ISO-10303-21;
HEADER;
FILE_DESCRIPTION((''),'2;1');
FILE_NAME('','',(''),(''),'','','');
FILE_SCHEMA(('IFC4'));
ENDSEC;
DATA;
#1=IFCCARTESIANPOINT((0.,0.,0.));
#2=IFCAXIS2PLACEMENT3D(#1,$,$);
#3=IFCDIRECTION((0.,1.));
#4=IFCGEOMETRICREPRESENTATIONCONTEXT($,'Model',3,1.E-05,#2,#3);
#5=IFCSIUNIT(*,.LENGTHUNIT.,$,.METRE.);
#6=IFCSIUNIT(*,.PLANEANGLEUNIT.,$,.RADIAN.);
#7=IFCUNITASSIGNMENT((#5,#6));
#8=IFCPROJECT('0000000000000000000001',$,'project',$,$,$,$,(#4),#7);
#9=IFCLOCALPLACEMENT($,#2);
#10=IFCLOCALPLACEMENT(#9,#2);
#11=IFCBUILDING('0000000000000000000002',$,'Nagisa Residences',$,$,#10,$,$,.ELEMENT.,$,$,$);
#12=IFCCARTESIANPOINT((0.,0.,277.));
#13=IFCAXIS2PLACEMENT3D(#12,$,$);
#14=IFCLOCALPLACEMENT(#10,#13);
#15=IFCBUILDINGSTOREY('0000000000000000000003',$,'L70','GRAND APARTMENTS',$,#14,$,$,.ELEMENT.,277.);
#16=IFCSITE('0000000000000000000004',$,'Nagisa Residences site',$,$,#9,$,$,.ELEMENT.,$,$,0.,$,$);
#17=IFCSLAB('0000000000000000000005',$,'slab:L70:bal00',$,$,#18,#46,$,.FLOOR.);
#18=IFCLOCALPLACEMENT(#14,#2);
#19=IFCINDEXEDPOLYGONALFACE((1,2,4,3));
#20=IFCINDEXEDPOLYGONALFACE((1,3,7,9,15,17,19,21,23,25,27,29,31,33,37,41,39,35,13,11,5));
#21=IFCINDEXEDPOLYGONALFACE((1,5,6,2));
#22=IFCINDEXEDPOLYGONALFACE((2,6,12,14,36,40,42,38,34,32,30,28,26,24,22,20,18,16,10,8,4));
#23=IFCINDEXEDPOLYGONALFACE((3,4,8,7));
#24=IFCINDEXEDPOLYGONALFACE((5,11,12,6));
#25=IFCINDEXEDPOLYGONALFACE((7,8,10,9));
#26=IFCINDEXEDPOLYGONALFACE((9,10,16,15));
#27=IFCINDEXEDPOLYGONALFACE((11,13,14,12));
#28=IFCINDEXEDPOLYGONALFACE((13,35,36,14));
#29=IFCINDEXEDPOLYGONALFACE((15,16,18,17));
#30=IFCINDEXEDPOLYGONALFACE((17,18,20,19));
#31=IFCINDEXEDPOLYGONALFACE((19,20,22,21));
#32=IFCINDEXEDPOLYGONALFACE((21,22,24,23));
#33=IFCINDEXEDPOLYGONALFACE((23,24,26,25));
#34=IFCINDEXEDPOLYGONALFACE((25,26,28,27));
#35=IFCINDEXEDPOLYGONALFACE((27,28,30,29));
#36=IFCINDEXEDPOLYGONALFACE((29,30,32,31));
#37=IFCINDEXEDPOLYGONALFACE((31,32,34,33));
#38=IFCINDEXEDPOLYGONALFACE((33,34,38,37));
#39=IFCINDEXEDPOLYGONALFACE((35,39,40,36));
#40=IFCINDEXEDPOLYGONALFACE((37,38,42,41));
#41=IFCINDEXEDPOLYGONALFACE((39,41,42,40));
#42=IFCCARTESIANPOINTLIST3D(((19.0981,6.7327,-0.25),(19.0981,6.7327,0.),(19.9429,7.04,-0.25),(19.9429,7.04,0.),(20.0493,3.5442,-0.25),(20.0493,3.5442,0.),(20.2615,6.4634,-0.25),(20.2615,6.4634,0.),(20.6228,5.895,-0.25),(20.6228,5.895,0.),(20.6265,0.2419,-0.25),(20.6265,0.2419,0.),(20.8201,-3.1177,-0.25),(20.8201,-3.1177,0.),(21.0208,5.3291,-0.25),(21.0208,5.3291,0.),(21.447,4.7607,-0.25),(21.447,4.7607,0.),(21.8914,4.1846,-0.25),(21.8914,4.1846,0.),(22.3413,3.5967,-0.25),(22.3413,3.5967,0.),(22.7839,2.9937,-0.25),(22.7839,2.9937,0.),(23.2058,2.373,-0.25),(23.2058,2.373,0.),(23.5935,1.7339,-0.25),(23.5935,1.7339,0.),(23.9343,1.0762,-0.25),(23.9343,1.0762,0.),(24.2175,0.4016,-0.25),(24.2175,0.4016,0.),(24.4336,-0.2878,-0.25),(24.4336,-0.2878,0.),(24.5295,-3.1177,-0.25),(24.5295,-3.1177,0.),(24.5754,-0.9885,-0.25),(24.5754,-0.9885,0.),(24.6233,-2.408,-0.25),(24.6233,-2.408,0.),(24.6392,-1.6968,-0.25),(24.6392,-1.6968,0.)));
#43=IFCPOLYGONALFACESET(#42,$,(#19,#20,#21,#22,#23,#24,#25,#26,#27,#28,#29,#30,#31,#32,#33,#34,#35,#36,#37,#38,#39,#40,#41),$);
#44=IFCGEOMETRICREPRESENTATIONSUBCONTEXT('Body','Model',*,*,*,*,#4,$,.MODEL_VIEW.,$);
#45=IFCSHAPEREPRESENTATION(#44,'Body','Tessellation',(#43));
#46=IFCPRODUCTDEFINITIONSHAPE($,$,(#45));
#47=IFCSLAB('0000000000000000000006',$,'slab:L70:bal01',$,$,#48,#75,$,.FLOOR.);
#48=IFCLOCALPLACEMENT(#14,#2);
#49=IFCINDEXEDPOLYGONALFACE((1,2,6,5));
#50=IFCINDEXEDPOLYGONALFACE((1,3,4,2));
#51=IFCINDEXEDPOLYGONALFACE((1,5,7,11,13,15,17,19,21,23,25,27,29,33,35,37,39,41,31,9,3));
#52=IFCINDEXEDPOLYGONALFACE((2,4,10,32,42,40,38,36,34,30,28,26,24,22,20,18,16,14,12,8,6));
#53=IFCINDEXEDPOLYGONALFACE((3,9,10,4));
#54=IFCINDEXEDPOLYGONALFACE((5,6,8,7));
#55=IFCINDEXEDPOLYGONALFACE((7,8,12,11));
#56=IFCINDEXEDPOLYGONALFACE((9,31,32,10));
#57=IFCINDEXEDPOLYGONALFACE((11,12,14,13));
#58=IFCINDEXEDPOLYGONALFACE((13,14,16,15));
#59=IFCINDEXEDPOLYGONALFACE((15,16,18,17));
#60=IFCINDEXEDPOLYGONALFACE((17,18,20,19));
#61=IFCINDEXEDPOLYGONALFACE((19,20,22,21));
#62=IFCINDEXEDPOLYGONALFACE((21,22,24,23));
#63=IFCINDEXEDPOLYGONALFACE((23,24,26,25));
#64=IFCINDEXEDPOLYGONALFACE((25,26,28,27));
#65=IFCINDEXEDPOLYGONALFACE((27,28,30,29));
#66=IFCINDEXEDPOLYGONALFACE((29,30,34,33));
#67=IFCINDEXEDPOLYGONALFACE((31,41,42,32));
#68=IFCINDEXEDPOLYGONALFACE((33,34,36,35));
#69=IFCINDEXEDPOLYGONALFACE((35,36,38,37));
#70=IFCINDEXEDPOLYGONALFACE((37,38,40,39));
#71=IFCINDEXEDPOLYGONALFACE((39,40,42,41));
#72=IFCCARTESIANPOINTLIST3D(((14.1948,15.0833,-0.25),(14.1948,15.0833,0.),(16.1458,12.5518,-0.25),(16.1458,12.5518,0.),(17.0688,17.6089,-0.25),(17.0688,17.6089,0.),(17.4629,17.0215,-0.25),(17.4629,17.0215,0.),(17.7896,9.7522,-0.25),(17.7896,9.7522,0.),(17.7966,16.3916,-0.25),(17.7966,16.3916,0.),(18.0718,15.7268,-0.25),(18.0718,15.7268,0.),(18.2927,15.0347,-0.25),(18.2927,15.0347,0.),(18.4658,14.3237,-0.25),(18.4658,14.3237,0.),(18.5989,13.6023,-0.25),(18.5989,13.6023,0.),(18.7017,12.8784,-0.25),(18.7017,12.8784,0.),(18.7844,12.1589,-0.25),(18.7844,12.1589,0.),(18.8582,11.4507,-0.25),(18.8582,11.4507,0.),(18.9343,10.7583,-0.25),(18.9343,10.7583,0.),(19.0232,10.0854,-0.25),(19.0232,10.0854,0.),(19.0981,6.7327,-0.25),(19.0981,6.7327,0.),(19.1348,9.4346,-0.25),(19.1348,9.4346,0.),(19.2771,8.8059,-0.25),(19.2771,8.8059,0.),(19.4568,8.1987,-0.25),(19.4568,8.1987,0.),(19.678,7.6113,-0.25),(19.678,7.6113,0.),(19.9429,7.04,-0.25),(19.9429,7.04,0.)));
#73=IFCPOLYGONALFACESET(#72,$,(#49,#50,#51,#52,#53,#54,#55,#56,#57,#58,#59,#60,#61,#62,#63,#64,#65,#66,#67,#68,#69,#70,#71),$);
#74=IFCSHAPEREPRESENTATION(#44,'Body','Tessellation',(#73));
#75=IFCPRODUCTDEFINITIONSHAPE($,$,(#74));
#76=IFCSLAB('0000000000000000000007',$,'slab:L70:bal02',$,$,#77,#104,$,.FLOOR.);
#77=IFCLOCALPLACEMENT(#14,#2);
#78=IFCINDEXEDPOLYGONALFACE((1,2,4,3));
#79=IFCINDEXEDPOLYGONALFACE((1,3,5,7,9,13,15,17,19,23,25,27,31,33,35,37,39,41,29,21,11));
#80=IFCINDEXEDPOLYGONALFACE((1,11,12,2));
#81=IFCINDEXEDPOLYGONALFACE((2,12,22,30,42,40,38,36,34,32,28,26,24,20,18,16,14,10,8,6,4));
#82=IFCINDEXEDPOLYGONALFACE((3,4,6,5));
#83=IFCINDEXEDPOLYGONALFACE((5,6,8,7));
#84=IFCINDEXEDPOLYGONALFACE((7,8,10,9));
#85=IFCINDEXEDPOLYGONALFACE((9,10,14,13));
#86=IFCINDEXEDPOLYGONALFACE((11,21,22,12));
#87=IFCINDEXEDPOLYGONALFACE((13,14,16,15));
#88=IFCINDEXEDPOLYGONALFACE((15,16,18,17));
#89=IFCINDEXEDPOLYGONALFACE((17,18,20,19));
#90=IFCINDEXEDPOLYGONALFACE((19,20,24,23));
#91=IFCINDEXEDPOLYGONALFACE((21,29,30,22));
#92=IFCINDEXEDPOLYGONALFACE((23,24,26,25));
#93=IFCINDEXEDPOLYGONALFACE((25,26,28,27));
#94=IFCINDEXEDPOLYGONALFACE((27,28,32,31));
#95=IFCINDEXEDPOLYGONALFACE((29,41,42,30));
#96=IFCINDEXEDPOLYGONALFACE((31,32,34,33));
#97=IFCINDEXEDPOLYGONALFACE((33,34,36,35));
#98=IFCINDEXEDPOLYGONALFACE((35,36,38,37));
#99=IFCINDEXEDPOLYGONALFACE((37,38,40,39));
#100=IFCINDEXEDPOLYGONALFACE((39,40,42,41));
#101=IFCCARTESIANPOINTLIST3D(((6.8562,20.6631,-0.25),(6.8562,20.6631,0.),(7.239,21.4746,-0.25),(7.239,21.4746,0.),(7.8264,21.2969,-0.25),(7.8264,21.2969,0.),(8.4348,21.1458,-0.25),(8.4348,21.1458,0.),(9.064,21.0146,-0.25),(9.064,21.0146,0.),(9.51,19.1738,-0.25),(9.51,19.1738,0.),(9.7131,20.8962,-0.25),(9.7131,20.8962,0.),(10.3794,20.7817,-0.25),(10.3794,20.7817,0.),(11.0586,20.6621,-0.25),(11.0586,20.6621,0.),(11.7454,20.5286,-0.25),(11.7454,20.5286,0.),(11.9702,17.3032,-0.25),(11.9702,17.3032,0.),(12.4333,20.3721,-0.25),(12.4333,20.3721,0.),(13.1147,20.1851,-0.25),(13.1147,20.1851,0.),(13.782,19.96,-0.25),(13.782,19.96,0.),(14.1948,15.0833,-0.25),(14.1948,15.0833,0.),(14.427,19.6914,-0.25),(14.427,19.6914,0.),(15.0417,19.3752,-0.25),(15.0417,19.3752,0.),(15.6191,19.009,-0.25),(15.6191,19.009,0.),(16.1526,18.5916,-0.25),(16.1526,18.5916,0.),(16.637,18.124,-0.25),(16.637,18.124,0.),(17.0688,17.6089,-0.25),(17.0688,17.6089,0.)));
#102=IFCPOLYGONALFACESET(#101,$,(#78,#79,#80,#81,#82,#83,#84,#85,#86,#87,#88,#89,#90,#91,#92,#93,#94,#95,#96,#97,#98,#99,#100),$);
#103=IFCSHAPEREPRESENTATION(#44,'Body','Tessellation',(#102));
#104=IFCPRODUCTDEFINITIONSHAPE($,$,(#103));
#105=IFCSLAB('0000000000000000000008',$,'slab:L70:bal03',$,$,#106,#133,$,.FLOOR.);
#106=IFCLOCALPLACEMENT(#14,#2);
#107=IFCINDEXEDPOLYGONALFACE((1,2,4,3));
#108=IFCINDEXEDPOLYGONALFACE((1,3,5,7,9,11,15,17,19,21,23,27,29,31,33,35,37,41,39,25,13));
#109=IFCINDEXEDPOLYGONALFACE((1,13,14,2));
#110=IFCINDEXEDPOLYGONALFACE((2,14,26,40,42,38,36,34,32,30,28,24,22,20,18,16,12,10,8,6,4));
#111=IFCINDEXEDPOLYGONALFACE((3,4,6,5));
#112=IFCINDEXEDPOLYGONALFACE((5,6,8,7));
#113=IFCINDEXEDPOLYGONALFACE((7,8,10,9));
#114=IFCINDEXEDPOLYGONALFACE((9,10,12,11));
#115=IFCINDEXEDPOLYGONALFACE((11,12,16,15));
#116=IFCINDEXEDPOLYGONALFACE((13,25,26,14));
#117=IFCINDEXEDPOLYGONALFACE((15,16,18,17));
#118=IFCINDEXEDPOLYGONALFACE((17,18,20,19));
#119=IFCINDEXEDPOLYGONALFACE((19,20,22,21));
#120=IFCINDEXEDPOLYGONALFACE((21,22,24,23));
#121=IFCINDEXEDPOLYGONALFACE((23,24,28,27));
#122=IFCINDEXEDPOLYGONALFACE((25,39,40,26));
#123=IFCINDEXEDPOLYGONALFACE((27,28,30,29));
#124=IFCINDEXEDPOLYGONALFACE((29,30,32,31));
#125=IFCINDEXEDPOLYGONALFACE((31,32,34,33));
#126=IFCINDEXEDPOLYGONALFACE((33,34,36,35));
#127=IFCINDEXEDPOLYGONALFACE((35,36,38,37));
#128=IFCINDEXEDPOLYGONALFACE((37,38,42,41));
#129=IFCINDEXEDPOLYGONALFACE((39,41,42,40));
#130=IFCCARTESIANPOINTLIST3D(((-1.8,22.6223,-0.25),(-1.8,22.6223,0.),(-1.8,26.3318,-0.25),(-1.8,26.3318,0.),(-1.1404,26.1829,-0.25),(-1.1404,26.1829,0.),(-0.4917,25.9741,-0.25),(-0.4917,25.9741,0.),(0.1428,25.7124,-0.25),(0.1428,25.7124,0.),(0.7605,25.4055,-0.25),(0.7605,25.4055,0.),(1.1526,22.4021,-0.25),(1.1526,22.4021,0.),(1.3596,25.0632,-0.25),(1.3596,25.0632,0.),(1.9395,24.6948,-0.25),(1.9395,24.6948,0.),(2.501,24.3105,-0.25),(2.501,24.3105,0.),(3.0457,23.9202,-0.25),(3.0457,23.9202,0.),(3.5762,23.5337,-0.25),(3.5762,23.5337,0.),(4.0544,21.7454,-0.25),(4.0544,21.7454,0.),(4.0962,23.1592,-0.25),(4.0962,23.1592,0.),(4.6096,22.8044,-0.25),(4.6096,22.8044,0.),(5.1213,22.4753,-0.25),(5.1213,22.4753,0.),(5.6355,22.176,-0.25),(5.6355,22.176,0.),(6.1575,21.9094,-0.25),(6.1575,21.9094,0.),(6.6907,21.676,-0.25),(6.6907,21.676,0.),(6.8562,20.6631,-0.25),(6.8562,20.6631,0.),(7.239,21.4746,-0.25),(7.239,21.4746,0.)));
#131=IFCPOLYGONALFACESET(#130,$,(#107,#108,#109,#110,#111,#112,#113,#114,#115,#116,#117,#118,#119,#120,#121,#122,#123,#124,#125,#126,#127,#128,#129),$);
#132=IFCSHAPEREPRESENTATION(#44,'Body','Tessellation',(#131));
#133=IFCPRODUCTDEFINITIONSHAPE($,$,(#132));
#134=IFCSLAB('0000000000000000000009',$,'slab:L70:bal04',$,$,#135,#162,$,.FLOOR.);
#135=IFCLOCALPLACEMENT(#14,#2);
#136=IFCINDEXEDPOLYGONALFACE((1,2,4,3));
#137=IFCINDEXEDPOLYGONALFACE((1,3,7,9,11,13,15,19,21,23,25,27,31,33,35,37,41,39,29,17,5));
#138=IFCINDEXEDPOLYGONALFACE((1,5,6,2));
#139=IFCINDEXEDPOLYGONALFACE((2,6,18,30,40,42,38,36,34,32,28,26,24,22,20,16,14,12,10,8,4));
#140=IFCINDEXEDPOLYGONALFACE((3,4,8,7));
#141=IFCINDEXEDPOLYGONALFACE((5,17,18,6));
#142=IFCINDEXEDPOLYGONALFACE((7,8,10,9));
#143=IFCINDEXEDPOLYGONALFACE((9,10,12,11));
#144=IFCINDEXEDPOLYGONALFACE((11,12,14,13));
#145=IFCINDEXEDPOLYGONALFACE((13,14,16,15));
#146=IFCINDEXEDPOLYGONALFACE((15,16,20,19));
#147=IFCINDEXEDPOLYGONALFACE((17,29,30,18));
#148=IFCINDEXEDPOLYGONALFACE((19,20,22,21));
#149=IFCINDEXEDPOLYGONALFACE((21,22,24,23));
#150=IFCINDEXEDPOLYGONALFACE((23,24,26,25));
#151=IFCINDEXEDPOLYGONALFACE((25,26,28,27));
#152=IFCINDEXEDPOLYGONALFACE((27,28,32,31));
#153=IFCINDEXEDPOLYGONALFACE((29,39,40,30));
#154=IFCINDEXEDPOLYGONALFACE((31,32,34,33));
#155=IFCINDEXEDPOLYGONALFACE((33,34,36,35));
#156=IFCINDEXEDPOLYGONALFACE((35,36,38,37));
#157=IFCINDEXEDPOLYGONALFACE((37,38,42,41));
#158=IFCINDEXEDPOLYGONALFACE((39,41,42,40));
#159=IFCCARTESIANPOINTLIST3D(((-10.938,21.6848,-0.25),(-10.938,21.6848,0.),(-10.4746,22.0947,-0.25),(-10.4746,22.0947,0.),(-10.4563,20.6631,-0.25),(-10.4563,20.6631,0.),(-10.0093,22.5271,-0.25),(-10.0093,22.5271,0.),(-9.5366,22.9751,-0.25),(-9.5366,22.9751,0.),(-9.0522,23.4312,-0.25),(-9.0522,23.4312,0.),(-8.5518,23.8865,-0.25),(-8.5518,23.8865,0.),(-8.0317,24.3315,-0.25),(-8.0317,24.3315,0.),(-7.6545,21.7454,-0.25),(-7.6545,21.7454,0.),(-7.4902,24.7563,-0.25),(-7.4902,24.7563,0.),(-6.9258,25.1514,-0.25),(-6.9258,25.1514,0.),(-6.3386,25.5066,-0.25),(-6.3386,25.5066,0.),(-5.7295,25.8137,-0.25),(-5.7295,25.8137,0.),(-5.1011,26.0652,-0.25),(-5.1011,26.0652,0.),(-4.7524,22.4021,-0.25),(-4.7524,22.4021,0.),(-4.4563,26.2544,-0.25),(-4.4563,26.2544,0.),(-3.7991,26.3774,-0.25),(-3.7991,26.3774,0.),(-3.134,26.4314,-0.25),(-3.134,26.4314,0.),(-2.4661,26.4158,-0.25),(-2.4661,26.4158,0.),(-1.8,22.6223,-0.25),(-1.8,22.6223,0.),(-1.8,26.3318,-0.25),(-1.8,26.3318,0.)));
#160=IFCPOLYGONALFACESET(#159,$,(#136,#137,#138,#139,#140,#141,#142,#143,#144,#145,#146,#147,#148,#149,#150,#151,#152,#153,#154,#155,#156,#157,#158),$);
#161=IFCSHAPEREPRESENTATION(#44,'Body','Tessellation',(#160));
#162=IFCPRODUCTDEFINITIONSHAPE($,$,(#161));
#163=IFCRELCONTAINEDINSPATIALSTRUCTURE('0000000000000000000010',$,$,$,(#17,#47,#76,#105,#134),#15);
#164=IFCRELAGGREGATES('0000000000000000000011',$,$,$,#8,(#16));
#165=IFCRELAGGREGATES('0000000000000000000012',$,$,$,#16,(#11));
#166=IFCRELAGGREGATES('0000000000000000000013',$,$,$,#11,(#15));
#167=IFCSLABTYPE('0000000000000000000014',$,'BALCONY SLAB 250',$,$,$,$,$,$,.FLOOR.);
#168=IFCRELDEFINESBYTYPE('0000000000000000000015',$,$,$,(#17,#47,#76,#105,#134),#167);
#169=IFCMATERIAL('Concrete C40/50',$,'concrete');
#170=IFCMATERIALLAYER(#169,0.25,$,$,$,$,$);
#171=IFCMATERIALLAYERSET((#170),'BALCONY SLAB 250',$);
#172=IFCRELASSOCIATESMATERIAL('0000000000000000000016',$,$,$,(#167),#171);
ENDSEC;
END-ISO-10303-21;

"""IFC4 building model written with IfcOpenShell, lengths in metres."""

from ifc_helpers import new_model, si_unit, direction, frame, origin, place, context, subcontext, project, spatial, polyline, outline, extrude, material, layer, layer_set, type_object, element, save


model = new_model("IFC4")

# Units and contexts
model_context = context("Model", 3, precision=1e-05, world=origin(), true_north=direction((0.0, 1.0)))
body_context = subcontext(model_context, "Body", "Model", "MODEL_VIEW")
ifc_project = project(units=[si_unit("LENGTHUNIT", "METRE"), si_unit("PLANEANGLEUNIT", "RADIAN")], contexts=[model_context])

# Site, building, storey
site_placement = place(None, origin())
site = spatial("IfcSite", under=ifc_project, at=site_placement, Name="Nagisa Residences site", CompositionType="ELEMENT", RefElevation=0.0)
building_placement = place(site_placement, origin())
building = spatial("IfcBuilding", under=site, at=building_placement, Name="Nagisa Residences", CompositionType="ELEMENT")
storey_placement = place(building_placement, frame((0.0, 0.0, 277.0)))
storey = spatial("IfcBuildingStorey", under=building, at=storey_placement, Name="L70", Description="GRAND APARTMENTS", CompositionType="ELEMENT", Elevation=277.0)

# Slabs
ifc_material_1 = material(Name="Concrete C40/50", Category="concrete")
ifc_layer_1 = layer(ifc_material_1, 0.25)
ifc_layer_set_1 = layer_set([ifc_layer_1], Name="BALCONY SLAB 250")
slab_type_1 = type_object("IfcSlabType", Name="BALCONY SLAB 250", PredefinedType="FLOOR", material=ifc_layer_set_1)
slab_1_placement = place(storey_placement, frame((0.0, 0.0, -0.25)))
element("IfcSlab", 1, at=slab_1_placement, inside=storey, type_object=slab_type_1, Name="slab:L70:bal00", PredefinedType="FLOOR", context=body_context, shape_type="SweptSolid", body=[
    extrude(outline(polyline([(24.5295, -3.1177), (24.6233, -2.408), (24.6392, -1.6968), (24.5754, -0.9885), (24.4336, -0.2878), (24.2175, 0.4016), (23.9343, 1.0762), (23.5935, 1.7339), (23.2058, 2.373), (22.7839, 2.9937), (22.3413, 3.5967), (21.8914, 4.1846), (21.447, 4.7607), (21.0208, 5.3291), (20.6228, 5.895), (20.2615, 6.4634), (19.9429, 7.04), (19.0981, 6.7327), (20.0493, 3.5442), (20.6265, 0.2419), (20.8201, -3.1177), (24.5295, -3.1177)])), origin(), (0.0, 0.0, 1.0), 0.25),
])
slab_2_placement = place(storey_placement, frame((0.0, 0.0, -0.25)))
element("IfcSlab", 2, at=slab_2_placement, inside=storey, type_object=slab_type_1, Name="slab:L70:bal01", PredefinedType="FLOOR", context=body_context, shape_type="SweptSolid", body=[
    extrude(outline(polyline([(19.9429, 7.04), (19.678, 7.6113), (19.4568, 8.1987), (19.2771, 8.8059), (19.1348, 9.4346), (19.0232, 10.0854), (18.9343, 10.7583), (18.8582, 11.4507), (18.7844, 12.1589), (18.7017, 12.8784), (18.5989, 13.6023), (18.4658, 14.3237), (18.2927, 15.0347), (18.0718, 15.7268), (17.7966, 16.3916), (17.4629, 17.0215), (17.0688, 17.6089), (14.1948, 15.0833), (16.1458, 12.5518), (17.7896, 9.7522), (19.0981, 6.7327), (19.9429, 7.04)])), origin(), (0.0, 0.0, 1.0), 0.25),
])
slab_3_placement = place(storey_placement, frame((0.0, 0.0, -0.25)))
element("IfcSlab", 3, at=slab_3_placement, inside=storey, type_object=slab_type_1, Name="slab:L70:bal02", PredefinedType="FLOOR", context=body_context, shape_type="SweptSolid", body=[
    extrude(outline(polyline([(17.0688, 17.6089), (16.637, 18.124), (16.1526, 18.5916), (15.6191, 19.009), (15.0417, 19.3752), (14.427, 19.6914), (13.782, 19.96), (13.1147, 20.1851), (12.4333, 20.3721), (11.7454, 20.5286), (11.0586, 20.6621), (10.3794, 20.7817), (9.7131, 20.8962), (9.064, 21.0146), (8.4348, 21.1458), (7.8264, 21.2969), (7.239, 21.4746), (6.8562, 20.6631), (9.51, 19.1738), (11.9702, 17.3032), (14.1948, 15.0833), (17.0688, 17.6089)])), origin(), (0.0, 0.0, 1.0), 0.25),
])
slab_4_placement = place(storey_placement, frame((0.0, 0.0, -0.25)))
element("IfcSlab", 4, at=slab_4_placement, inside=storey, type_object=slab_type_1, Name="slab:L70:bal03", PredefinedType="FLOOR", context=body_context, shape_type="SweptSolid", body=[
    extrude(outline(polyline([(7.239, 21.4746), (6.6907, 21.676), (6.1575, 21.9094), (5.6355, 22.176), (5.1213, 22.4753), (4.6096, 22.8044), (4.0962, 23.1592), (3.5762, 23.5337), (3.0457, 23.9202), (2.501, 24.3105), (1.9395, 24.6948), (1.3596, 25.0632), (0.7605, 25.4055), (0.1428, 25.7124), (-0.4917, 25.9741), (-1.1404, 26.1829), (-1.8, 26.3318), (-1.8, 22.6223), (1.1526, 22.4021), (4.0544, 21.7454), (6.8562, 20.6631), (7.239, 21.4746)])), origin(), (0.0, 0.0, 1.0), 0.25),
])
slab_5_placement = place(storey_placement, frame((0.0, 0.0, -0.25)))
element("IfcSlab", 5, at=slab_5_placement, inside=storey, type_object=slab_type_1, Name="slab:L70:bal04", PredefinedType="FLOOR", context=body_context, shape_type="SweptSolid", body=[
    extrude(outline(polyline([(-1.8, 26.3318), (-2.4661, 26.4158), (-3.134, 26.4314), (-3.7991, 26.3774), (-4.4563, 26.2544), (-5.1011, 26.0652), (-5.7295, 25.8137), (-6.3386, 25.5066), (-6.9258, 25.1514), (-7.4902, 24.7563), (-8.0317, 24.3315), (-8.5518, 23.8865), (-9.0522, 23.4312), (-9.5366, 22.9751), (-10.0093, 22.5271), (-10.4746, 22.0947), (-10.938, 21.6848), (-10.4563, 20.6631), (-7.6545, 21.7454), (-4.7524, 22.4021), (-1.8, 22.6223), (-1.8, 26.3318)])), origin(), (0.0, 0.0, 1.0), 0.25),
])

save(model, "model.ifc")
